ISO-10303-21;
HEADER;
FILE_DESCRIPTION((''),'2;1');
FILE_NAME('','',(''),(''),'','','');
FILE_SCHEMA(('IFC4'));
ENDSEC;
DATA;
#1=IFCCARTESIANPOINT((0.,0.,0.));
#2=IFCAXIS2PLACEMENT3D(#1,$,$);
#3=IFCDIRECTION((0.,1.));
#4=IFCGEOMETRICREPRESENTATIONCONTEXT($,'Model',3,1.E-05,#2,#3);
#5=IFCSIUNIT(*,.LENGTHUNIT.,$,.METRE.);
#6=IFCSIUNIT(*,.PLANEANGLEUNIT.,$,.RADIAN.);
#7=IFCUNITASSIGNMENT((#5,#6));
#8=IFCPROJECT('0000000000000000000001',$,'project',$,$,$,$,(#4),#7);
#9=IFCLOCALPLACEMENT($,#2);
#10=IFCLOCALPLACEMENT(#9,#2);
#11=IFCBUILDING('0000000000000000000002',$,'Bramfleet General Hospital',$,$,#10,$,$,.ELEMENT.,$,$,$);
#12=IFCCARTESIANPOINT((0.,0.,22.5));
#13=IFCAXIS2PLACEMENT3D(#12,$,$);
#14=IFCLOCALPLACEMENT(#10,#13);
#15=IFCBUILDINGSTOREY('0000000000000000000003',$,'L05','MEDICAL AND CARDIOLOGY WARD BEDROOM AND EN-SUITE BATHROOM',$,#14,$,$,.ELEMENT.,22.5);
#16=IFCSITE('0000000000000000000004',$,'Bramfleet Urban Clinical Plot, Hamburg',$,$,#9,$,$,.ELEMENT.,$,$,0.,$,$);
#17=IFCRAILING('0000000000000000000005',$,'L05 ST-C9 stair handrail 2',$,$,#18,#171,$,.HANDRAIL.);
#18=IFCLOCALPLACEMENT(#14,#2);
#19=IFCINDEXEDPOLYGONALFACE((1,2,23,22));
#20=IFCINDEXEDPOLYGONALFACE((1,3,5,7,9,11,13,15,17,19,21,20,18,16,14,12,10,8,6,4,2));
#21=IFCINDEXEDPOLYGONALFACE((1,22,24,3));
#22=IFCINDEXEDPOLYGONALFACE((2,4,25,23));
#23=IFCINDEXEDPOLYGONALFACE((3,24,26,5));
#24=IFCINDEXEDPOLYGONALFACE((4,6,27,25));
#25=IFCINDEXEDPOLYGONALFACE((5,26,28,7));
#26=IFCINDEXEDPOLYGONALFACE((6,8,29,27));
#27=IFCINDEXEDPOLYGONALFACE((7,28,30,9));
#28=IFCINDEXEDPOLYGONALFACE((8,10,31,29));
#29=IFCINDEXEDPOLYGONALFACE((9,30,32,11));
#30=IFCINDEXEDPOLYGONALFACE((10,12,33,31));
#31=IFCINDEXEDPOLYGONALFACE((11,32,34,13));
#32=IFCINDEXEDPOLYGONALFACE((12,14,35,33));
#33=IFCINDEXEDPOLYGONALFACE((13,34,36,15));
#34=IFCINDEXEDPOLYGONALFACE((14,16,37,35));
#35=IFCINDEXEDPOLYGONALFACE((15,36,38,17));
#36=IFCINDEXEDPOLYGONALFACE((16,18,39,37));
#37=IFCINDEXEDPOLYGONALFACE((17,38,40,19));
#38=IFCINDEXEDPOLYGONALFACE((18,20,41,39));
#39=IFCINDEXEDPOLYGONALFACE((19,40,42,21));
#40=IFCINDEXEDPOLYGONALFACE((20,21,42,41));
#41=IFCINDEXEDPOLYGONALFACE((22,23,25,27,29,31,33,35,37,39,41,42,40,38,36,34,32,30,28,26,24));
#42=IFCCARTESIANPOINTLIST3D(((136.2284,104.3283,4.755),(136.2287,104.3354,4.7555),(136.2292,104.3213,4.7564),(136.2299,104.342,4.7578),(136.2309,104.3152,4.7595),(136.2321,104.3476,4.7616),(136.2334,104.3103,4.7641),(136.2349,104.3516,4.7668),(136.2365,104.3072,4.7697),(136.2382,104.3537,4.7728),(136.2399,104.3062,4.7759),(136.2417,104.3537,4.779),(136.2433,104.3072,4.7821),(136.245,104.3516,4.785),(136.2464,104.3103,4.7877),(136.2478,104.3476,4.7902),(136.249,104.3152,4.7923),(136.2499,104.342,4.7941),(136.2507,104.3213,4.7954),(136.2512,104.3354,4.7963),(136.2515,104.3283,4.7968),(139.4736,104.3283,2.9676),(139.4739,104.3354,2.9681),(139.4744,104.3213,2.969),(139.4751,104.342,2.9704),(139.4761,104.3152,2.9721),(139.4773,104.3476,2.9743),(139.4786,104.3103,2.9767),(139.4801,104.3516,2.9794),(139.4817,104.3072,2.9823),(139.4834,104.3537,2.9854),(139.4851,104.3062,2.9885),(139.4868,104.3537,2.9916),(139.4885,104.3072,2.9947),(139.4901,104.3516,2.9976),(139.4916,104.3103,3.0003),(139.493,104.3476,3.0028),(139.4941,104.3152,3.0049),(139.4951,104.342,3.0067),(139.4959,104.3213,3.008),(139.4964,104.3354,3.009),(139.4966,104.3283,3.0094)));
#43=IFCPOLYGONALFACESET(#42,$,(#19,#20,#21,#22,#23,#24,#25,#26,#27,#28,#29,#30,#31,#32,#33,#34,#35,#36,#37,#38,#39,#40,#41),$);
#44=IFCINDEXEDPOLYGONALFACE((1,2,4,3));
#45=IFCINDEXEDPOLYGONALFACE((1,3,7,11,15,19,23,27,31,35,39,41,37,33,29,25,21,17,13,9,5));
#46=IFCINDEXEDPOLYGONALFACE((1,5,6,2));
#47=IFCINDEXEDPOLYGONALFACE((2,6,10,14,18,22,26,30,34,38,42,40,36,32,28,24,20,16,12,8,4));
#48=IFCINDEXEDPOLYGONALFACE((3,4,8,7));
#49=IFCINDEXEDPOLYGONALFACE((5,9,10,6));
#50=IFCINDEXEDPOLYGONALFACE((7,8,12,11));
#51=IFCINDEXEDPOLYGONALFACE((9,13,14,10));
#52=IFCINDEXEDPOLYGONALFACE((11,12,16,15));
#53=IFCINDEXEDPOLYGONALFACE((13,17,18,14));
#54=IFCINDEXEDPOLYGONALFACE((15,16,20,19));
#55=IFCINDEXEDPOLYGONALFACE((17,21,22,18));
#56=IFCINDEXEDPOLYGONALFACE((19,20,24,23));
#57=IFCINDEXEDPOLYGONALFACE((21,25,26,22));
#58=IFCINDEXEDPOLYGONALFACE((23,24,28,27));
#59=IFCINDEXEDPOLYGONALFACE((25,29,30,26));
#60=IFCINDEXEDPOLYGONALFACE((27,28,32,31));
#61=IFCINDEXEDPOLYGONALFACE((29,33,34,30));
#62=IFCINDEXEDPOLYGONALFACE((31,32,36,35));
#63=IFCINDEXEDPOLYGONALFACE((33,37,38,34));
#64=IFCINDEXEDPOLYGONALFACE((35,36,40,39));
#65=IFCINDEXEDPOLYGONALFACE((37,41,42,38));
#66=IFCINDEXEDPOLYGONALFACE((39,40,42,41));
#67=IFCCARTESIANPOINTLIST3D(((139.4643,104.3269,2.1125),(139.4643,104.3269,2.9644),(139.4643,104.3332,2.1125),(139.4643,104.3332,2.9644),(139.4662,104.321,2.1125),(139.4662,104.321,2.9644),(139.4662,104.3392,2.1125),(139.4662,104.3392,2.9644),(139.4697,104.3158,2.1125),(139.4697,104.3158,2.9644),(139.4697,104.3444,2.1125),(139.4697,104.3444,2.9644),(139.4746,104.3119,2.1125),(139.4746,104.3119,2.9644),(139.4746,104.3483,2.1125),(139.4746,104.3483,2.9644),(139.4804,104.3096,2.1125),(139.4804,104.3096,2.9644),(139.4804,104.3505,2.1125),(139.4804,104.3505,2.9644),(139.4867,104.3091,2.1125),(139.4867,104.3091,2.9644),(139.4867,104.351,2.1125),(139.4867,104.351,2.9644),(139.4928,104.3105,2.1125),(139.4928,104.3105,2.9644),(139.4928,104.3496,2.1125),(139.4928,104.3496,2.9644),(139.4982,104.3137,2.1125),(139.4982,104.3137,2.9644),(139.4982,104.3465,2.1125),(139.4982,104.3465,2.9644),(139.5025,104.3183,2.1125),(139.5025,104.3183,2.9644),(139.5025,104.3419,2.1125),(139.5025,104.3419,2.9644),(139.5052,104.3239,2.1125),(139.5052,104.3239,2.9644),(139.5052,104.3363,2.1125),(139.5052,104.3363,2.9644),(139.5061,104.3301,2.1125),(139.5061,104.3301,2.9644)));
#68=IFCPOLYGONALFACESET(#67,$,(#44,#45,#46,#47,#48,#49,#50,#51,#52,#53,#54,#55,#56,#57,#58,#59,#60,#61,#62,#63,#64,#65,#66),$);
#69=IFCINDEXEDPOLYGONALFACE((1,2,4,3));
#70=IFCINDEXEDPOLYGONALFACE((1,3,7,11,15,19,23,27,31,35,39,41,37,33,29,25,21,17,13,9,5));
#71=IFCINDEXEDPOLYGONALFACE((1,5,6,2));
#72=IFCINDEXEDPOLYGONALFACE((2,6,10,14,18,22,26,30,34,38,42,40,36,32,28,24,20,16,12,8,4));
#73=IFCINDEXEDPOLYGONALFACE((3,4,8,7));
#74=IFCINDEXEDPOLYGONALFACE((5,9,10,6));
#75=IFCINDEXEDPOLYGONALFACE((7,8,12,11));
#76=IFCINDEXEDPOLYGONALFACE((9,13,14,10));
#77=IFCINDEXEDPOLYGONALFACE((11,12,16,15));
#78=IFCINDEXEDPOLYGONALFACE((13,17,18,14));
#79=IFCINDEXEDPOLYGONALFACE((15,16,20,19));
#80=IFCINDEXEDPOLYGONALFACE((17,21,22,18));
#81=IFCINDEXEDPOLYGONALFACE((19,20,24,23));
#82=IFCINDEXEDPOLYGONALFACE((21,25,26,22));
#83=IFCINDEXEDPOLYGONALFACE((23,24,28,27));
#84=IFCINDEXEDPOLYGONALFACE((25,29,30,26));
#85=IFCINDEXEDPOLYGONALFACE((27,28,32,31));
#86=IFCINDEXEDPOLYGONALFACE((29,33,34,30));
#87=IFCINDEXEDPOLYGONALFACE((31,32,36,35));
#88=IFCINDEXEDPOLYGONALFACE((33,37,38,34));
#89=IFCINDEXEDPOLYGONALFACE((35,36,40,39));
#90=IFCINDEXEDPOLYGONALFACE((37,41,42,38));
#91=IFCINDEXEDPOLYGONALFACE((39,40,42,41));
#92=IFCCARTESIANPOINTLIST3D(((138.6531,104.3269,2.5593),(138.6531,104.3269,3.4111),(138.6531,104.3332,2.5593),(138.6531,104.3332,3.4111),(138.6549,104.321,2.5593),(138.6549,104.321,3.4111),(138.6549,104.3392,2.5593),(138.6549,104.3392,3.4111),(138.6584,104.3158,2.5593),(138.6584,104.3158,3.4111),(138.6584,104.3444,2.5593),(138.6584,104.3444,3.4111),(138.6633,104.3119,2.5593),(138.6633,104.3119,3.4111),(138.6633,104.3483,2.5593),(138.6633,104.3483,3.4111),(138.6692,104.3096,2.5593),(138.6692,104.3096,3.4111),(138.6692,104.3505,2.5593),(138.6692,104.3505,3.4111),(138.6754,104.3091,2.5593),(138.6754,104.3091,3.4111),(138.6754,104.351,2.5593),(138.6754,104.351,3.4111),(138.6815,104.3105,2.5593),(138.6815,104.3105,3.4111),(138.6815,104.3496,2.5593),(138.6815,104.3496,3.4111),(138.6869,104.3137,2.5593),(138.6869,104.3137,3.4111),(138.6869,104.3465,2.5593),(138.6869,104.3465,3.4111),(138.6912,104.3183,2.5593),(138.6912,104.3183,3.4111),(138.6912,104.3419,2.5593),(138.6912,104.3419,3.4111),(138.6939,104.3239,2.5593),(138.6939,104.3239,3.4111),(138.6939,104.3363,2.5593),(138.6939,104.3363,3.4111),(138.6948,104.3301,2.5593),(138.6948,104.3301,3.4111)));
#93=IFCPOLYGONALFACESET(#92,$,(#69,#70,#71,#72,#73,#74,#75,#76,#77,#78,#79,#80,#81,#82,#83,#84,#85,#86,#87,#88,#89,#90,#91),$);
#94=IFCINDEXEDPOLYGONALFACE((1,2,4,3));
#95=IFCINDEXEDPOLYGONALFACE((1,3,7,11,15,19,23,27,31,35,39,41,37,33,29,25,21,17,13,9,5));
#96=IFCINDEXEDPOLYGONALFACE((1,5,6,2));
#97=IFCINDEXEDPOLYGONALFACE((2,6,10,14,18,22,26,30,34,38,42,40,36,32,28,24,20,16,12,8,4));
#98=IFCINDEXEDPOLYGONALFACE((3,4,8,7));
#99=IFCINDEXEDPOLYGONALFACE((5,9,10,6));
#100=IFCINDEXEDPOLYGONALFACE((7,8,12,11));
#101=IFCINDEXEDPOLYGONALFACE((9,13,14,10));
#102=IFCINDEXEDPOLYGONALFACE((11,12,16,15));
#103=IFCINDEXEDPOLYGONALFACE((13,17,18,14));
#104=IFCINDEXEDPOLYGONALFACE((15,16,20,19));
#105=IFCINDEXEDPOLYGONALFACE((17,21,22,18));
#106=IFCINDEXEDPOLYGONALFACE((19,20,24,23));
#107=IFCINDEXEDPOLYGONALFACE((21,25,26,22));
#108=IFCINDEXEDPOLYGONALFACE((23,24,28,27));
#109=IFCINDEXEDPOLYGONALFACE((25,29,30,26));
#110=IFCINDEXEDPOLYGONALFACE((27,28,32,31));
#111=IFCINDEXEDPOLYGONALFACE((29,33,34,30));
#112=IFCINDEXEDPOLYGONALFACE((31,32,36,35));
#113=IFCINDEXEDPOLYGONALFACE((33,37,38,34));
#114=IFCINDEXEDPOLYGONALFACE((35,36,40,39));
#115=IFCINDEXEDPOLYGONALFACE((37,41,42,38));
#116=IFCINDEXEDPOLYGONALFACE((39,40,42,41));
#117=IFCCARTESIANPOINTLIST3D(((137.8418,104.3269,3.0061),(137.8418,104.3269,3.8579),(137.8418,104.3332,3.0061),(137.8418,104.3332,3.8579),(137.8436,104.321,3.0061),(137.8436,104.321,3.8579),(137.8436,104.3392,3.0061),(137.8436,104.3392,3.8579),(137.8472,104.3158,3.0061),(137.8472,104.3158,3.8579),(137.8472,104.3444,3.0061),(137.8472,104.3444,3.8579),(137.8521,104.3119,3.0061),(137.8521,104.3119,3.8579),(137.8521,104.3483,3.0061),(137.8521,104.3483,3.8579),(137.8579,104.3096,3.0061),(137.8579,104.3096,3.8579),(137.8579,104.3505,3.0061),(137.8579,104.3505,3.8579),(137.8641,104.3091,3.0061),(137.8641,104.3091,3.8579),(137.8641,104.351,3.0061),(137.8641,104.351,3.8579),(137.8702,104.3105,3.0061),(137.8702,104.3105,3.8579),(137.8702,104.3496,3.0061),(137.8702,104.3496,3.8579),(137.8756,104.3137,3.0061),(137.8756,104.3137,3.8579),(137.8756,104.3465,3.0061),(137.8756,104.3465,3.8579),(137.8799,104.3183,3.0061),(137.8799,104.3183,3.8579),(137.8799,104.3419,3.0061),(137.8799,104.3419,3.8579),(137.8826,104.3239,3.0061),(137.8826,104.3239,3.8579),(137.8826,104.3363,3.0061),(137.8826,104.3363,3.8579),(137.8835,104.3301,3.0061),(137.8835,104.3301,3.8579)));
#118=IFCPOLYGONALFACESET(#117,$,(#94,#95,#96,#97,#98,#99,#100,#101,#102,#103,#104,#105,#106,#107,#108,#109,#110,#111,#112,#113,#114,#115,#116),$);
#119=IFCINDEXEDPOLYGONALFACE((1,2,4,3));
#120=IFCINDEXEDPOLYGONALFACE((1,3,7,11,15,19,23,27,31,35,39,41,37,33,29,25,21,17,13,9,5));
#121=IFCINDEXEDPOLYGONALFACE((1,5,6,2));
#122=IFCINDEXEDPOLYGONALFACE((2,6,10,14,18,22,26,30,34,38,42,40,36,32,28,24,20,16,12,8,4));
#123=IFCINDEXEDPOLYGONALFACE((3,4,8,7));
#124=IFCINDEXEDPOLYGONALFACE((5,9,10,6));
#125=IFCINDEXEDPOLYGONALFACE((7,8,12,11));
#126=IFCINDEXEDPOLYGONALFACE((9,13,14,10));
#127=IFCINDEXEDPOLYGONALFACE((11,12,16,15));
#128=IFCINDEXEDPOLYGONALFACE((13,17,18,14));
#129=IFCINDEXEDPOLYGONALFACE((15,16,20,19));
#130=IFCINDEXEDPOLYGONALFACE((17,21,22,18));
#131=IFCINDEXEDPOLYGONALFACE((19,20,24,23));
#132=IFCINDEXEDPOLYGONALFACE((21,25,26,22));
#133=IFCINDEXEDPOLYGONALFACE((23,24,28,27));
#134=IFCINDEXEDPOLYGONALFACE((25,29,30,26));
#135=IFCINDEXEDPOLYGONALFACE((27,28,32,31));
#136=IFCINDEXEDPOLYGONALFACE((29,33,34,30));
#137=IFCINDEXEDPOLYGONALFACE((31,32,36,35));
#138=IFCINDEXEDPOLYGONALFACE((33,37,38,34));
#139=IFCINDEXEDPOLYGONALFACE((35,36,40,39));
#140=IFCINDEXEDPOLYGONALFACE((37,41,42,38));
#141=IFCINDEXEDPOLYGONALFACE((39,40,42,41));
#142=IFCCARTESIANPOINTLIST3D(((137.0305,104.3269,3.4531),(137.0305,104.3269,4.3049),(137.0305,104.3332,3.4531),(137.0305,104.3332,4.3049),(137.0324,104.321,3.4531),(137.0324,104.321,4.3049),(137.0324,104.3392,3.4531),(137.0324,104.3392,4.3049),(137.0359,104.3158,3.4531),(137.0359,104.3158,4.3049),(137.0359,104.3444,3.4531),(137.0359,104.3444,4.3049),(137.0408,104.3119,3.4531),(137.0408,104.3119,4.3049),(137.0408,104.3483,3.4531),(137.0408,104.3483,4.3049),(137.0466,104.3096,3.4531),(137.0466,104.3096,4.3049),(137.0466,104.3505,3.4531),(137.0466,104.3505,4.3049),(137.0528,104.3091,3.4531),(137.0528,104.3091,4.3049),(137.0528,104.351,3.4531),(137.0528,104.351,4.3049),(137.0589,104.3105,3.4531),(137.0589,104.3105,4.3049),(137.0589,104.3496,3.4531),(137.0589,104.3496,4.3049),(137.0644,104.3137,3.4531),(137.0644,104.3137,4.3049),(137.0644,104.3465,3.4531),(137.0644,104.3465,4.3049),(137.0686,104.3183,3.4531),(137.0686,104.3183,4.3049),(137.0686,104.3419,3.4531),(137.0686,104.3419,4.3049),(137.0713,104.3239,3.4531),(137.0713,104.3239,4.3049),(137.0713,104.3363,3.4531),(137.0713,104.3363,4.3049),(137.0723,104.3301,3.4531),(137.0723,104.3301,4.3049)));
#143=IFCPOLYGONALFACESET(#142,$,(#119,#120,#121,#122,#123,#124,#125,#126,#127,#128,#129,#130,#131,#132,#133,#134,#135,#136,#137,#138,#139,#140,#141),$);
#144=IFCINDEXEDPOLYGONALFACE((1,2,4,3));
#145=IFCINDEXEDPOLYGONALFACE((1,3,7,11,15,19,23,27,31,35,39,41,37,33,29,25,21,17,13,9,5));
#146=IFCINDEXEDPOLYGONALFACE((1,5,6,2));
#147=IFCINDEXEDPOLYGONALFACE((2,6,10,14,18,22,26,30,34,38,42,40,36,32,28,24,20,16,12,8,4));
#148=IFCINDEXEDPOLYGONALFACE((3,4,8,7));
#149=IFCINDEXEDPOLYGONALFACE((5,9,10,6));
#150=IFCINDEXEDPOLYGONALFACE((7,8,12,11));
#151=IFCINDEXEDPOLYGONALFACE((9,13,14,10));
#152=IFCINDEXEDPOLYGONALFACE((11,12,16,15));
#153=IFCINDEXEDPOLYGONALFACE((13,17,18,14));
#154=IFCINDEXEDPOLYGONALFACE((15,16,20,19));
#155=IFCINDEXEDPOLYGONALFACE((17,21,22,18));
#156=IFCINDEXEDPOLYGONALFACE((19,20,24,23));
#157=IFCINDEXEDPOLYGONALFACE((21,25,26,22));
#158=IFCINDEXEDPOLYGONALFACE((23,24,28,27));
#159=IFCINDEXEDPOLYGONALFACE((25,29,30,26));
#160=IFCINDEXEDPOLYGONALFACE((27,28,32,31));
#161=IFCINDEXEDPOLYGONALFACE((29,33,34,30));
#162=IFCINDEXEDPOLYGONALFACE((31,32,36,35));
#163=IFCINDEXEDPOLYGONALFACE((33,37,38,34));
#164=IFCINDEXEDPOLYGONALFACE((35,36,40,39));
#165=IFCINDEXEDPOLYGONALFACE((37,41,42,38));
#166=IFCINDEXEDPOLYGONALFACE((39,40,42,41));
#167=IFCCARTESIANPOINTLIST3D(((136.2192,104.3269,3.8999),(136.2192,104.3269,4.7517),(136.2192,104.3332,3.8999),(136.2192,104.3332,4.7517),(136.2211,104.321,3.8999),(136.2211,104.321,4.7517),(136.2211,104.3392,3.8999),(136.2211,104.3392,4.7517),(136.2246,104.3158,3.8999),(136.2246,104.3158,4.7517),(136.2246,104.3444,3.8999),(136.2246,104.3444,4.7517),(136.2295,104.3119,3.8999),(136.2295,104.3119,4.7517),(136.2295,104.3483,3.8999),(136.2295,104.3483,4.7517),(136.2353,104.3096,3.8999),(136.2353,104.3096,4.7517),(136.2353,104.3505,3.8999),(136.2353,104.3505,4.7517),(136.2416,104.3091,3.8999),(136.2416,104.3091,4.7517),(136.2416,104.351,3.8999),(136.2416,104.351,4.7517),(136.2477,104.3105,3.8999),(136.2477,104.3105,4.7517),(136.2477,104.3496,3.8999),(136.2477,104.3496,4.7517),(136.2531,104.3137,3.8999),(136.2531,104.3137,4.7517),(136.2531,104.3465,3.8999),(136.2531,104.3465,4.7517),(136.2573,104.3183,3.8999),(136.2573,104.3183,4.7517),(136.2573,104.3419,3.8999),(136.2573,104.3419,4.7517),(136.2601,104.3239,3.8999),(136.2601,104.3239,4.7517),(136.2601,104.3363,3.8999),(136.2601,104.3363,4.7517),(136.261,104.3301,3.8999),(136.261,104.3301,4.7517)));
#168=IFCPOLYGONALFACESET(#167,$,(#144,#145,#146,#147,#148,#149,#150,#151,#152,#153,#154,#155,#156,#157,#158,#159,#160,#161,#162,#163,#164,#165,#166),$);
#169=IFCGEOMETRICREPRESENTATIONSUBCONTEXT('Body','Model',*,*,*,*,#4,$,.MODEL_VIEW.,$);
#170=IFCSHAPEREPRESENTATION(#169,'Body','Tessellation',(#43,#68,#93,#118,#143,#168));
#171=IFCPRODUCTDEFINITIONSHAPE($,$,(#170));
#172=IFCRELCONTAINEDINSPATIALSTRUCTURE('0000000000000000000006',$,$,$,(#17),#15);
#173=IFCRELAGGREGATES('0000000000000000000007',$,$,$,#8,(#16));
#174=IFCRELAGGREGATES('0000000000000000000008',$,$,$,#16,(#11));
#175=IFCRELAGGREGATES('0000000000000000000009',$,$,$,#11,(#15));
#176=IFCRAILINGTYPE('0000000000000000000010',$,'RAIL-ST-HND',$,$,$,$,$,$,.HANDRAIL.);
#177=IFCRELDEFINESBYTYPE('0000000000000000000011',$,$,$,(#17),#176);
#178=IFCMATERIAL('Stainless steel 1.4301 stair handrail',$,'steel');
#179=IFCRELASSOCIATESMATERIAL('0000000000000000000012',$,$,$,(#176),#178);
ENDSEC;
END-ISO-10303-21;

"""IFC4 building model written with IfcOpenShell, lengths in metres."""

from ifc_helpers import new_model, si_unit, direction, frame, origin, origin_2d, place, context, subcontext, project, spatial, circle, extrude, material, type_object, element, save


model = new_model("IFC4")

# Units and contexts
model_context = context("Model", 3, precision=1e-05, world=origin(), true_north=direction((0.0, 1.0)))
body_context = subcontext(model_context, "Body", "Model", "MODEL_VIEW")
ifc_project = project(units=[si_unit("LENGTHUNIT", "METRE"), si_unit("PLANEANGLEUNIT", "RADIAN")], contexts=[model_context])

# Site, building, storey
site_placement = place(None, origin())
site = spatial("IfcSite", under=ifc_project, at=site_placement, Name="Bramfleet Urban Clinical Plot, Hamburg", CompositionType="ELEMENT", RefElevation=0.0)
building_placement = place(site_placement, origin())
building = spatial("IfcBuilding", under=site, at=building_placement, Name="Bramfleet General Hospital", CompositionType="ELEMENT")
storey_placement = place(building_placement, frame((0.0, 0.0, 22.5)))
storey = spatial("IfcBuildingStorey", under=building, at=storey_placement, Name="L05", Description="MEDICAL AND CARDIOLOGY WARD BEDROOM AND EN-SUITE BATHROOM", CompositionType="ELEMENT", Elevation=22.5)

# Railing
ifc_material_1 = material(Name="Stainless steel 1.4301 stair handrail", Category="steel")
railing_type_1 = type_object("IfcRailingType", Name="RAIL-ST-HND", PredefinedType="HANDRAIL", material=ifc_material_1)
railing_1_placement = place(storey_placement, frame((139.4851, 104.3301, 2.1125)))
element("IfcRailing", 1, at=railing_1_placement, inside=storey, type_object=railing_type_1, Name="L05 ST-C9 stair handrail 2", PredefinedType="HANDRAIL", context=body_context, shape_type="SweptSolid", body=[
    extrude(circle(Radius=0.0239, at=origin_2d()), frame((0.0, 0.0, 0.876), z_axis=(-0.875926, 0.0, 0.482445), x_axis=(0.0, -1.0, 0.0)), (0.0, 0.0, 1.0), 3.7048),
    extrude(circle(Radius=0.021, at=origin_2d()), origin(), (0.0, 0.0, 1.0), 0.8518),
    extrude(circle(Radius=0.021, at=origin_2d()), frame((-0.8113, 0.0, 0.4468)), (0.0, 0.0, 1.0), 0.8518),
    extrude(circle(Radius=0.021, at=origin_2d()), frame((-1.6226, 0.0, 0.8936)), (0.0, 0.0, 1.0), 0.8518),
    extrude(circle(Radius=0.021, at=origin_2d()), frame((-2.4338, 0.0, 1.3406)), (0.0, 0.0, 1.0), 0.8518),
    extrude(circle(Radius=0.021, at=origin_2d()), frame((-3.2451, 0.0, 1.7874)), (0.0, 0.0, 1.0), 0.8518),
])

save(model, "model.ifc")
